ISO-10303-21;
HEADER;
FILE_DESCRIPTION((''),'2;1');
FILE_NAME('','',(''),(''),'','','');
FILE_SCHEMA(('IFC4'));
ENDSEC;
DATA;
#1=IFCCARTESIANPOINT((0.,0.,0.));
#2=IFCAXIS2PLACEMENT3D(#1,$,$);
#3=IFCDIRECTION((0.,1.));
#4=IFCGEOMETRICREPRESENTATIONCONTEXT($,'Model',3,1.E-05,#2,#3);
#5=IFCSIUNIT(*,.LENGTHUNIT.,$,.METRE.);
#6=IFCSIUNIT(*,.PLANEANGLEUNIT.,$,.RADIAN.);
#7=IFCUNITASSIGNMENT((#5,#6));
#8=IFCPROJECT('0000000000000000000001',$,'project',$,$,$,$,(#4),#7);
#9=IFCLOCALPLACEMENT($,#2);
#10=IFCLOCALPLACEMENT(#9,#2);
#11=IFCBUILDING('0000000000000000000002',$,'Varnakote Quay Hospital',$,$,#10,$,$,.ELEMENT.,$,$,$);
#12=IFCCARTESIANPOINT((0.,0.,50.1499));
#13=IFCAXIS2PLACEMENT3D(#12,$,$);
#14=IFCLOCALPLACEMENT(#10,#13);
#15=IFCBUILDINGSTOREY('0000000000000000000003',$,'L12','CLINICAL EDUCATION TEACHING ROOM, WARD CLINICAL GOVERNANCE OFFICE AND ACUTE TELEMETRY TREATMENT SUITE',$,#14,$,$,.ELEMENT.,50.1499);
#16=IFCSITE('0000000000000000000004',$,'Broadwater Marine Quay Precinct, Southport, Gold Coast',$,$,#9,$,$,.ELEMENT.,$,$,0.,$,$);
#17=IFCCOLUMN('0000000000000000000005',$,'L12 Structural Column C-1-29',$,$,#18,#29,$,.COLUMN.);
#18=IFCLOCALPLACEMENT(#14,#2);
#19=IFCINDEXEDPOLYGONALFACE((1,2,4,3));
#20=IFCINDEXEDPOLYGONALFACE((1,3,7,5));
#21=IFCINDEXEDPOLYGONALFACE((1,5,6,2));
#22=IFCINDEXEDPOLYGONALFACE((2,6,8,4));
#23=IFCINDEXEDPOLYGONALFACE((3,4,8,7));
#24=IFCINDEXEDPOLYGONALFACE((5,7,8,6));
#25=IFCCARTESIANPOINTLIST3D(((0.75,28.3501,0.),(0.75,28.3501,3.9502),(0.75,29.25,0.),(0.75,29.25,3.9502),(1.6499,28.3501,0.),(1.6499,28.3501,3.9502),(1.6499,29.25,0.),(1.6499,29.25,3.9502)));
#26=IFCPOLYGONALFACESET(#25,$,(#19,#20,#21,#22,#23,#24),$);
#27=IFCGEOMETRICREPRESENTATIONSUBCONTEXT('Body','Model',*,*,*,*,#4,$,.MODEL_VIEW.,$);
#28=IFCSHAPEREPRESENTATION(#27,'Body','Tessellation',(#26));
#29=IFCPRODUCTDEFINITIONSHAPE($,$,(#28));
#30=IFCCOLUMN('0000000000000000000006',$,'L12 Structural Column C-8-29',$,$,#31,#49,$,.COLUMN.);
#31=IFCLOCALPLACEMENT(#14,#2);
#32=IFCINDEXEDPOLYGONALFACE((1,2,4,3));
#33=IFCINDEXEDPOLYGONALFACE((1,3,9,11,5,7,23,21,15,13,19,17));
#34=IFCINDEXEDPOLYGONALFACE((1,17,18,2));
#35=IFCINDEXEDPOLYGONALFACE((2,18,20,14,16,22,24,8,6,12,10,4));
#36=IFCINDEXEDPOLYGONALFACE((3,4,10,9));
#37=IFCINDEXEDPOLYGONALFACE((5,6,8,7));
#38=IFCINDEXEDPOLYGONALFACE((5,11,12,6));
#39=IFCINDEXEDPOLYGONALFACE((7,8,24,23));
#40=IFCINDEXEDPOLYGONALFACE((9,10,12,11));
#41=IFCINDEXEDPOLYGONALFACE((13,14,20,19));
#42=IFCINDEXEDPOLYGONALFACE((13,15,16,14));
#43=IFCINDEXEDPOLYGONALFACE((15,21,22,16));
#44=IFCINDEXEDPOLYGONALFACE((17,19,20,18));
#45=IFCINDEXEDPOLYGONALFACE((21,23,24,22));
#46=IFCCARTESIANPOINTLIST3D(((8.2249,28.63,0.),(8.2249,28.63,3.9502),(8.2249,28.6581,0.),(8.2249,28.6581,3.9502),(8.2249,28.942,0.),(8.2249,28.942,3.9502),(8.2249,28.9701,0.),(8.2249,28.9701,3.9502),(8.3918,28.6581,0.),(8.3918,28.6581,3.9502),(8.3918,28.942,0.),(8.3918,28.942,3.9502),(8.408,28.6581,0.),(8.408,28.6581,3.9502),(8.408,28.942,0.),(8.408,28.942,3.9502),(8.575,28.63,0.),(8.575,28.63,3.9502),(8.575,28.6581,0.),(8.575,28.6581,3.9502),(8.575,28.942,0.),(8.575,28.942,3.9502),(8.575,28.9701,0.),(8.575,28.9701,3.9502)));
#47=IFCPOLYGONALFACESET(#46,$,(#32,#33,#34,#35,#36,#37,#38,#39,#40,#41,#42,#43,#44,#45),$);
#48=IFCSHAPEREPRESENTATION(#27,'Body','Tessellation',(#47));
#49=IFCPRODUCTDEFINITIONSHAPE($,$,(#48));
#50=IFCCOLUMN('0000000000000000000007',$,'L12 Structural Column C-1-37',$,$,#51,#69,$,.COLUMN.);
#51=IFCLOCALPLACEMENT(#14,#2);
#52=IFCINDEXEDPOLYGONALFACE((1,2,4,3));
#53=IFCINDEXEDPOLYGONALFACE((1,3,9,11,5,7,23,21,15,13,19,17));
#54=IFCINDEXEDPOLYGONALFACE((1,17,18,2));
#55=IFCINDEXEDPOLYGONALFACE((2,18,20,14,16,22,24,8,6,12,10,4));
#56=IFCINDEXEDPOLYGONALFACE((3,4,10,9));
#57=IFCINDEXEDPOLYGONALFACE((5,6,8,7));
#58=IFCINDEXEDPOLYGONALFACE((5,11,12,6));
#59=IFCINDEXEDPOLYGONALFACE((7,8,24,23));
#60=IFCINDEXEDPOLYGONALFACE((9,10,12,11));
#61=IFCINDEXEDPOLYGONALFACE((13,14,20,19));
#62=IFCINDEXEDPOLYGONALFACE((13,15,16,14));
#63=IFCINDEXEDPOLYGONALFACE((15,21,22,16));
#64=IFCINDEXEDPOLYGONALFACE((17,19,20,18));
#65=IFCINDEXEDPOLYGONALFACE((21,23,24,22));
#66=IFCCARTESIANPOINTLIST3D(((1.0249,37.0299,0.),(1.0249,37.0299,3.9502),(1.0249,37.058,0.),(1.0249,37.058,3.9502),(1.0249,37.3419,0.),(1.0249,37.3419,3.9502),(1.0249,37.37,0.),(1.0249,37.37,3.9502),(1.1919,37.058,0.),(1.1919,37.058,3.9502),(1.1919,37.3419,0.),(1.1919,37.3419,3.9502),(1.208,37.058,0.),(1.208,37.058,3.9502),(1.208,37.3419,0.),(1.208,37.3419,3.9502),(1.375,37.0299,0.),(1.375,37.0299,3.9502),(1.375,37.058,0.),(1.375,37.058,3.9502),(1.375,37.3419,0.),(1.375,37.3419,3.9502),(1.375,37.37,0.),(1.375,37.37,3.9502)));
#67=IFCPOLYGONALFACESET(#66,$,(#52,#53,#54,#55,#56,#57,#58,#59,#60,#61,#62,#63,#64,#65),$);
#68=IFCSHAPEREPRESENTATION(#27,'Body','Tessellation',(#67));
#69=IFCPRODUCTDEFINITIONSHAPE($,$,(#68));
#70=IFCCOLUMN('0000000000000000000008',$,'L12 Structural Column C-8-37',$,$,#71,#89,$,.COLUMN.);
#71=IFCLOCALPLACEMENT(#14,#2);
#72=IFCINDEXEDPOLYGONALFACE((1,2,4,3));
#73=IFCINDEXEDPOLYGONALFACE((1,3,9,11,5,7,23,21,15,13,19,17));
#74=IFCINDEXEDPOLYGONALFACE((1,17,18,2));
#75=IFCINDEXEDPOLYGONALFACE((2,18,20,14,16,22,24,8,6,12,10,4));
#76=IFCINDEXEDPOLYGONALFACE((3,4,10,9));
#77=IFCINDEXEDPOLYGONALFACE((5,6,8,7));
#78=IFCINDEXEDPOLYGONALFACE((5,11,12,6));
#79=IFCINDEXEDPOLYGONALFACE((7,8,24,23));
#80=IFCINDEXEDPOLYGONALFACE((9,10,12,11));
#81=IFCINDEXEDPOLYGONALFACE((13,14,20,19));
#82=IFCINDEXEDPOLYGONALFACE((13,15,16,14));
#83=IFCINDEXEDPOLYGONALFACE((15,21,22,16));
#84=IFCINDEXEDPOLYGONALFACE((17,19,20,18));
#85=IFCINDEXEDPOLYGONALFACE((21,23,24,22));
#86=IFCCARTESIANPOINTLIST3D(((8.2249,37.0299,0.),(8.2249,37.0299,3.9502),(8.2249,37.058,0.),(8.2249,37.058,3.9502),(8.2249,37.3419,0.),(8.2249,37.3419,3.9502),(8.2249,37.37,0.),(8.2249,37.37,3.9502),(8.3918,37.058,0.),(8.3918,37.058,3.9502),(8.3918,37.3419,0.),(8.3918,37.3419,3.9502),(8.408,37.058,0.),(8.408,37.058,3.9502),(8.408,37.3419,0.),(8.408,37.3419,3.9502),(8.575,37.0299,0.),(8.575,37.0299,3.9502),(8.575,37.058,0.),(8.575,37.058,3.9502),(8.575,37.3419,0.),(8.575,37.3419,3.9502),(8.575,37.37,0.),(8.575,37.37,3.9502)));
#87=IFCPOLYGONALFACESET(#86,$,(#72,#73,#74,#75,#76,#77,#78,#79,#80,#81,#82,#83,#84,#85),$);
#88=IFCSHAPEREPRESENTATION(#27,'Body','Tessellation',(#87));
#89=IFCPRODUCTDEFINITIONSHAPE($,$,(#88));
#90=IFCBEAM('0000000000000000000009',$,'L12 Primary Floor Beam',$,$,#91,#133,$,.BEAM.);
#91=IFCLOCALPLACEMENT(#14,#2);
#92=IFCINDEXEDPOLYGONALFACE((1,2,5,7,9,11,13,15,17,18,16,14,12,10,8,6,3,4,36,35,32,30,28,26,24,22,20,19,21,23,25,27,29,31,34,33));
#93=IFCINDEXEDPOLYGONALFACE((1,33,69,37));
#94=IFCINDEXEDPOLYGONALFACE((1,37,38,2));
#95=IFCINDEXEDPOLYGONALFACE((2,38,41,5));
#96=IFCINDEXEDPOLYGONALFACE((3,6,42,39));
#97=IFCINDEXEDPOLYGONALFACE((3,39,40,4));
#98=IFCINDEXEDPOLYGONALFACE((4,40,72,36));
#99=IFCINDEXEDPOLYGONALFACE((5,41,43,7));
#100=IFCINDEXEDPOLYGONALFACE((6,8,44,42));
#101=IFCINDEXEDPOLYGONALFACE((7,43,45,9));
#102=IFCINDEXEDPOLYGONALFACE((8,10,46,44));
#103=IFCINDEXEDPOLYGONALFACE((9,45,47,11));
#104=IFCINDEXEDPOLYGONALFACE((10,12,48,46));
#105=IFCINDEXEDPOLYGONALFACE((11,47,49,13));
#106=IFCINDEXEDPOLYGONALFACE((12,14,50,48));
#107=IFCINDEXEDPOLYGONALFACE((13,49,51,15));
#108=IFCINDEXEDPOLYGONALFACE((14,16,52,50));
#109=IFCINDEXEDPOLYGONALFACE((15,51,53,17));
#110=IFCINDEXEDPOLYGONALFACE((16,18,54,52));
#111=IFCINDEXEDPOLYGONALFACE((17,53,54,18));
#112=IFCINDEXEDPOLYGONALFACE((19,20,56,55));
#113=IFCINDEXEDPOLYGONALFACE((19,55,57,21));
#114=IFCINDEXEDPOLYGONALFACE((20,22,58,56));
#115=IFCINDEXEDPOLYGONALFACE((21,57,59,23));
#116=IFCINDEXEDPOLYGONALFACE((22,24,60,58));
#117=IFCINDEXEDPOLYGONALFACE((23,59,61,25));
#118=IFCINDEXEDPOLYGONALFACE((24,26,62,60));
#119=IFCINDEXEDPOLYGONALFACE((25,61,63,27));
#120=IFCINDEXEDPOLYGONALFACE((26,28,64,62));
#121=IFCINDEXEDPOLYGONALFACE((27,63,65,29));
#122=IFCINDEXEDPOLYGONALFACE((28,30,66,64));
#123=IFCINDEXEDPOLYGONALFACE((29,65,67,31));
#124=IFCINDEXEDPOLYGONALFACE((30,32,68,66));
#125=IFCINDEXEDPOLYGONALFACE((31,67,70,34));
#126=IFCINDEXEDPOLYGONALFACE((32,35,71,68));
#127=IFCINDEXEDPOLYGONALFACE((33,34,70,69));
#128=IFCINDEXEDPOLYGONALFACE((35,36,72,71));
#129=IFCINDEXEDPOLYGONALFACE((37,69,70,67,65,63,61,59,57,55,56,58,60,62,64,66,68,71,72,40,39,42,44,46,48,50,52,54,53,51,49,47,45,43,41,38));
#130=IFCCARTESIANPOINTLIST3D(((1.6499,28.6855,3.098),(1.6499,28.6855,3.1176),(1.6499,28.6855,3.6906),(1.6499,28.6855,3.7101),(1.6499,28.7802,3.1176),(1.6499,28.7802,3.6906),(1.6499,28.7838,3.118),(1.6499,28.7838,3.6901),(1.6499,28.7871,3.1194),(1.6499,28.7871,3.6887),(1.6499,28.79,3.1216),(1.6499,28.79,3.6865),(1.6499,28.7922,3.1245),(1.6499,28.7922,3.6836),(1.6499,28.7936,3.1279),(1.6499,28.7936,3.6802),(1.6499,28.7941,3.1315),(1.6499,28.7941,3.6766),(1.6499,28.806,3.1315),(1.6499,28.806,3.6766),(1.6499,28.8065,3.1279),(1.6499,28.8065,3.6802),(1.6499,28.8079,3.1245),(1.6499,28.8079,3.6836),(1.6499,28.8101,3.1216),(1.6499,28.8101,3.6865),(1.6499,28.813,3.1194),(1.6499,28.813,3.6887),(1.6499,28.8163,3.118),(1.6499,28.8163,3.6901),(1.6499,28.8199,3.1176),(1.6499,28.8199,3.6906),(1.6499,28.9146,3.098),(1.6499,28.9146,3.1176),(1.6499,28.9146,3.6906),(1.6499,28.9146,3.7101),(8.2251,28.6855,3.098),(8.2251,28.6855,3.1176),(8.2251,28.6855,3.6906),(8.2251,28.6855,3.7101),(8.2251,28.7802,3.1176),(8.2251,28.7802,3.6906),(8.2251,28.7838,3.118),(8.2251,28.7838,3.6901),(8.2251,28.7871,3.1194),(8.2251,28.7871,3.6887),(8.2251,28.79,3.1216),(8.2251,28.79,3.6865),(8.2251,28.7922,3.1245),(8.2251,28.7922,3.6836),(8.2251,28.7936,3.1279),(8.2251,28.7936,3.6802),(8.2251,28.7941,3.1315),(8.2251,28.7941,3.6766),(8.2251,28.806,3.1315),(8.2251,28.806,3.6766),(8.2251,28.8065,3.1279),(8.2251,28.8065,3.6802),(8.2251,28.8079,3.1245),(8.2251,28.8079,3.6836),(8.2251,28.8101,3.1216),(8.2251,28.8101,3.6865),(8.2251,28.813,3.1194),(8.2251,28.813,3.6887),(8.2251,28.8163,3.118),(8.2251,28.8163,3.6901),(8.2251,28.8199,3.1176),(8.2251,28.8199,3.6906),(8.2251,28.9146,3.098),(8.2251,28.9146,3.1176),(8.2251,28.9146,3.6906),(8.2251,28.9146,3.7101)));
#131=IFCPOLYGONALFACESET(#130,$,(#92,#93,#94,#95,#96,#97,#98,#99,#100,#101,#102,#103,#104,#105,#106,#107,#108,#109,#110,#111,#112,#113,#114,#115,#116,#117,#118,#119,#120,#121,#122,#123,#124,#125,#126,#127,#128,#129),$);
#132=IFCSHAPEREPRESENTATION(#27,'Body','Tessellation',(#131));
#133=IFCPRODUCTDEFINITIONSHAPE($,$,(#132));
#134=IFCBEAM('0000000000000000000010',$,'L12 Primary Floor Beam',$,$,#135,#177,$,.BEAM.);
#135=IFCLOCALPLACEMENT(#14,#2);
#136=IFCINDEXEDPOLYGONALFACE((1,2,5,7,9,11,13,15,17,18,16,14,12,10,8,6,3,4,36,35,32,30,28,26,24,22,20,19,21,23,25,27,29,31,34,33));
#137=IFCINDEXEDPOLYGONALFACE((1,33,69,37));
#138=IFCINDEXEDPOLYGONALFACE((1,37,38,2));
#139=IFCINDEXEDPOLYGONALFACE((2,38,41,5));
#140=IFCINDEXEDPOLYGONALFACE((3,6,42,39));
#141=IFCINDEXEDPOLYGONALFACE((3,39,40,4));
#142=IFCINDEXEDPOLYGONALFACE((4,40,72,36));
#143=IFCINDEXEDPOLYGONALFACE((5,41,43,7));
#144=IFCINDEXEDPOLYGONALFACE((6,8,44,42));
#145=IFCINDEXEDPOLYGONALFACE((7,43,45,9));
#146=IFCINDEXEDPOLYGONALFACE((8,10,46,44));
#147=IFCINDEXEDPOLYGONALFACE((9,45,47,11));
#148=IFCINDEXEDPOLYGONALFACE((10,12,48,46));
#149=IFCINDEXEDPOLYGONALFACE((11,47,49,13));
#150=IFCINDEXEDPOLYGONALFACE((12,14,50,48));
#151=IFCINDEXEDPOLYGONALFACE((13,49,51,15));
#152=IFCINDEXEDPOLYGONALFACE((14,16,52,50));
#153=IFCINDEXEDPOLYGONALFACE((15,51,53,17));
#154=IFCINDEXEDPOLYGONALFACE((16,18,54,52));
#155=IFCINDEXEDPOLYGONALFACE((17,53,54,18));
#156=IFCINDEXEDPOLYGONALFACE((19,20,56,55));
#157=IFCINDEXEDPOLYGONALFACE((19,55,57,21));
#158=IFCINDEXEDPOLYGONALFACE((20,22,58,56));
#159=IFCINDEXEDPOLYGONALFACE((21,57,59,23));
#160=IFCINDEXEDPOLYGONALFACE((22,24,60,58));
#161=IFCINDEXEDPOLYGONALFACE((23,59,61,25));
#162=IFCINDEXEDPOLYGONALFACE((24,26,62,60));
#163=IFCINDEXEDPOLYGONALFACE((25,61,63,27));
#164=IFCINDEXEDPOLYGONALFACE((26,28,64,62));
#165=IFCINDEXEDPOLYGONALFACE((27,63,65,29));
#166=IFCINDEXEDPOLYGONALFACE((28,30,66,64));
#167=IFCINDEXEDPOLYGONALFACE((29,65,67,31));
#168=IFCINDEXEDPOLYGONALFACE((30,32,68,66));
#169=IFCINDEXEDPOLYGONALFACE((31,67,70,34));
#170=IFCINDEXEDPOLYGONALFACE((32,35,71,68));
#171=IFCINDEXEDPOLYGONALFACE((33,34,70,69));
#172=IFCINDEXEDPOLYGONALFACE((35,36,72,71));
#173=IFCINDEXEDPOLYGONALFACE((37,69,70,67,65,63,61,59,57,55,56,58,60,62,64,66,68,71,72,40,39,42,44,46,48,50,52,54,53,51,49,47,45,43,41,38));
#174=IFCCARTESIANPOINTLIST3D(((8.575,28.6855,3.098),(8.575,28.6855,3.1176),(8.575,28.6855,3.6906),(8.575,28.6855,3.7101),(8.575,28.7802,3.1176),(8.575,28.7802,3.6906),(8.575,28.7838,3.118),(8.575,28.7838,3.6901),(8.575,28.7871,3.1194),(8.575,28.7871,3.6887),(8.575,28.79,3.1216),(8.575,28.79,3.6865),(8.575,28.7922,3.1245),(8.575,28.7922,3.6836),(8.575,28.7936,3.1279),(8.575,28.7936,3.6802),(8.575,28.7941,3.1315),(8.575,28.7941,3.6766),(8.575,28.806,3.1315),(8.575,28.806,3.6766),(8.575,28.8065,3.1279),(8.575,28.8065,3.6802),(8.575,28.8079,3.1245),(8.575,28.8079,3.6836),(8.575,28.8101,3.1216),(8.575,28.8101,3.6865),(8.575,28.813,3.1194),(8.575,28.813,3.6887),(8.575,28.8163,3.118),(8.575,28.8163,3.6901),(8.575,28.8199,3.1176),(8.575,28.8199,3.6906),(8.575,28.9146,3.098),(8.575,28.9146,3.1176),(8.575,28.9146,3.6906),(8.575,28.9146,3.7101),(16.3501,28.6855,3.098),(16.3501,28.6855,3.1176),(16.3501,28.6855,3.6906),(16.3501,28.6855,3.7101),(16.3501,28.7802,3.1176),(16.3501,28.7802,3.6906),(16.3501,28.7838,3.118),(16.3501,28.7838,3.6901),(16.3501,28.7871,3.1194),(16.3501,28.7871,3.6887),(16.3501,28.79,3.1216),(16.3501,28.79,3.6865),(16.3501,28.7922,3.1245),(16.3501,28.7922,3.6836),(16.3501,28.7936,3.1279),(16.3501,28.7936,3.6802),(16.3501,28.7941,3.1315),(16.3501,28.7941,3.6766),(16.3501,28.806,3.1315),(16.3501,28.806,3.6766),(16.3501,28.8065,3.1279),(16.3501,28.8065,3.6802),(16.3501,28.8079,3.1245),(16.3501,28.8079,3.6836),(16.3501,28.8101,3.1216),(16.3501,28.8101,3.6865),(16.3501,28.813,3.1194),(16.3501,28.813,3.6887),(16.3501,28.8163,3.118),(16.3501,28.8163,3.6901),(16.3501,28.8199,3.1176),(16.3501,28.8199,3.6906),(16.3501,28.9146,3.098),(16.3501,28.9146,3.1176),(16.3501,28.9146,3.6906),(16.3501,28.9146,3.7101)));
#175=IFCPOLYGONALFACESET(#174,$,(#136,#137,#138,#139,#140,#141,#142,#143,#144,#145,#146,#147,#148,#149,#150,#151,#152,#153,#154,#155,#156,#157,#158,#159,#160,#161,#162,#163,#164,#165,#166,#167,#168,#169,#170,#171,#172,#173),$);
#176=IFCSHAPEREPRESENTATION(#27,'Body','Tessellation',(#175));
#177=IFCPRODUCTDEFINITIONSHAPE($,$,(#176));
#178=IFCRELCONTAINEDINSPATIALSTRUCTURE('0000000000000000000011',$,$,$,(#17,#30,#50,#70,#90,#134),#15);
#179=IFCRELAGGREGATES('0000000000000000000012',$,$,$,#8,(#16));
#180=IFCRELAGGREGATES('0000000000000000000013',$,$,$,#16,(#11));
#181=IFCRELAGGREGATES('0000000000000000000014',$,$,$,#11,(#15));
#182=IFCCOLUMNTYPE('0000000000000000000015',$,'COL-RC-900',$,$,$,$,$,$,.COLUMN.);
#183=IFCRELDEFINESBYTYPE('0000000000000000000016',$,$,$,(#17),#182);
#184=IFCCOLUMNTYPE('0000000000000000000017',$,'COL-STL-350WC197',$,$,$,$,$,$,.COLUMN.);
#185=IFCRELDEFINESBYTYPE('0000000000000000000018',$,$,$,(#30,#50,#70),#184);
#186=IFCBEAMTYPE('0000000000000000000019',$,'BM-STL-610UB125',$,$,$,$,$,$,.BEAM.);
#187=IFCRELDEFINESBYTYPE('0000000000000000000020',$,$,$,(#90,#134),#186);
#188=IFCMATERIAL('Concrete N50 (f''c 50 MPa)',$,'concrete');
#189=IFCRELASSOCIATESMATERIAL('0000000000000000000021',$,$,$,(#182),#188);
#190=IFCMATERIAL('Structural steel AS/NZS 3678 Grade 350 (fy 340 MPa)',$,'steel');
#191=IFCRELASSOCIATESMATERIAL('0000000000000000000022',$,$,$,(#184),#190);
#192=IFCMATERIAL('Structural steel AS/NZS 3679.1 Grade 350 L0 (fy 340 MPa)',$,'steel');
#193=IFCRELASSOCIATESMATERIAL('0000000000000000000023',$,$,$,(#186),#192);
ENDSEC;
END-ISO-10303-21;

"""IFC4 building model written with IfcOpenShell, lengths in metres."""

from ifc_helpers import new_model, si_unit, direction, frame, origin, origin_2d, place, context, subcontext, project, spatial, rectangle, i_section, extrude, material, material_profile, profile_set, type_object, element, save


model = new_model("IFC4")

# Units and contexts
model_context = context("Model", 3, precision=1e-05, world=origin(), true_north=direction((0.0, 1.0)))
body_context = subcontext(model_context, "Body", "Model", "MODEL_VIEW")
ifc_project = project(units=[si_unit("LENGTHUNIT", "METRE"), si_unit("PLANEANGLEUNIT", "RADIAN")], contexts=[model_context])

# Site, building, storey
site_placement = place(None, origin())
site = spatial("IfcSite", under=ifc_project, at=site_placement, Name="Broadwater Marine Quay Precinct, Southport, Gold Coast", CompositionType="ELEMENT", RefElevation=0.0)
building_placement = place(site_placement, origin())
building = spatial("IfcBuilding", under=site, at=building_placement, Name="Varnakote Quay Hospital", CompositionType="ELEMENT")
storey_placement = place(building_placement, frame((0.0, 0.0, 50.1499)))
storey = spatial("IfcBuildingStorey", under=building, at=storey_placement, Name="L12", Description="CLINICAL EDUCATION TEACHING ROOM, WARD CLINICAL GOVERNANCE OFFICE AND ACUTE TELEMETRY TREATMENT SUITE", CompositionType="ELEMENT", Elevation=50.1499)

# Columns
ifc_material_1 = material(Name="Concrete N50 (f'c 50 MPa)", Category="concrete")
ifc_material_profile_1 = material_profile(ifc_material_1, rectangle(XDim=0.8999, YDim=0.8999, at=origin_2d()), Name="RC-COL-900x900")
ifc_profile_set_1 = profile_set([ifc_material_profile_1], Name="Concrete N50 (f'c 50 MPa)")
column_type_1 = type_object("IfcColumnType", Name="COL-RC-900", PredefinedType="COLUMN", material=ifc_profile_set_1)
column_placement = place(storey_placement, frame((1.2, 28.8, 0.0), z_axis=(0.0, 0.0, 1.0), x_axis=(1.0, 0.0, 0.0)))
element("IfcColumn", 1, at=column_placement, inside=storey, type_object=column_type_1, Name="L12 Structural Column C-1-29", PredefinedType="COLUMN", context=body_context, shape_type="SweptSolid", body=[
    extrude(rectangle(XDim=0.8999, YDim=0.8999, at=origin_2d()), origin(), (0.0, 0.0, 1.0), 3.9502),
])
ifc_material_2 = material(Name="Structural steel AS/NZS 3678 Grade 350 (fy 340 MPa)", Category="steel")
ifc_material_profile_2 = material_profile(ifc_material_2, i_section(OverallWidth=0.3501, OverallDepth=0.3401, WebThickness=0.0161, FlangeThickness=0.0281, at=origin_2d()), Name="350WC197")
ifc_profile_set_2 = profile_set([ifc_material_profile_2], Name="Structural steel AS/NZS 3678 Grade 350 (fy 340 MPa)")
column_type_2 = type_object("IfcColumnType", Name="COL-STL-350WC197", PredefinedType="COLUMN", material=ifc_profile_set_2)
for number, where, z_axis, x_axis, name in (
    (2, (8.3999, 28.8, 0.0), (0.0, 0.0, 1.0), (1.0, 0.0, 0.0), "L12 Structural Column C-8-29"),
    (3, (1.2, 37.2, 0.0), (0.0, 0.0, 1.0), (1.0, 0.0, 0.0), "L12 Structural Column C-1-37"),
    (4, (8.3999, 37.2, 0.0), (0.0, 0.0, 1.0), (1.0, 0.0, 0.0), "L12 Structural Column C-8-37"),
):
    element("IfcColumn", number, at=place(storey_placement, frame(where, z_axis=z_axis, x_axis=x_axis)), inside=storey, type_object=column_type_2, Name=name, PredefinedType="COLUMN", context=body_context, shape_type="SweptSolid", body=[
        extrude(i_section(OverallWidth=0.3501, OverallDepth=0.3401, WebThickness=0.0161, FlangeThickness=0.0281, at=origin_2d()), origin(), (0.0, 0.0, 1.0), 3.9502),
    ])

# Beams
ifc_material_3 = material(Name="Structural steel AS/NZS 3679.1 Grade 350 L0 (fy 340 MPa)", Category="steel")
ifc_material_profile_3 = material_profile(ifc_material_3, i_section(OverallWidth=0.229, OverallDepth=0.6121, WebThickness=0.012, FlangeThickness=0.0195, FilletRadius=0.0139, at=origin_2d()), Name="610UB125")
ifc_profile_set_3 = profile_set([ifc_material_profile_3], Name="Structural steel AS/NZS 3679.1 Grade 350 L0 (fy 340 MPa)")
beam_type_1 = type_object("IfcBeamType", Name="BM-STL-610UB125", PredefinedType="BEAM", material=ifc_profile_set_3)
beam_1_placement = place(storey_placement, frame((1.6499, 28.8, 3.4041), z_axis=(1.0, 0.0, 0.0), x_axis=(0.0, 1.0, 0.0)))
element("IfcBeam", 5, at=beam_1_placement, inside=storey, type_object=beam_type_1, Name="L12 Primary Floor Beam", PredefinedType="BEAM", context=body_context, shape_type="SweptSolid", body=[
    extrude(i_section(OverallWidth=0.229, OverallDepth=0.6121, WebThickness=0.012, FlangeThickness=0.0195, FilletRadius=0.0139, at=origin_2d()), origin(), (0.0, 0.0, 1.0), 6.5752),
])
beam_2_placement = place(storey_placement, frame((8.575, 28.8, 3.4041), z_axis=(1.0, 0.0, 0.0), x_axis=(0.0, 1.0, 0.0)))
element("IfcBeam", 6, at=beam_2_placement, inside=storey, type_object=beam_type_1, Name="L12 Primary Floor Beam", PredefinedType="BEAM", context=body_context, shape_type="SweptSolid", body=[
    extrude(i_section(OverallWidth=0.229, OverallDepth=0.6121, WebThickness=0.012, FlangeThickness=0.0195, FilletRadius=0.0139, at=origin_2d()), origin(), (0.0, 0.0, 1.0), 7.7751),
])

save(model, "model.ifc")
